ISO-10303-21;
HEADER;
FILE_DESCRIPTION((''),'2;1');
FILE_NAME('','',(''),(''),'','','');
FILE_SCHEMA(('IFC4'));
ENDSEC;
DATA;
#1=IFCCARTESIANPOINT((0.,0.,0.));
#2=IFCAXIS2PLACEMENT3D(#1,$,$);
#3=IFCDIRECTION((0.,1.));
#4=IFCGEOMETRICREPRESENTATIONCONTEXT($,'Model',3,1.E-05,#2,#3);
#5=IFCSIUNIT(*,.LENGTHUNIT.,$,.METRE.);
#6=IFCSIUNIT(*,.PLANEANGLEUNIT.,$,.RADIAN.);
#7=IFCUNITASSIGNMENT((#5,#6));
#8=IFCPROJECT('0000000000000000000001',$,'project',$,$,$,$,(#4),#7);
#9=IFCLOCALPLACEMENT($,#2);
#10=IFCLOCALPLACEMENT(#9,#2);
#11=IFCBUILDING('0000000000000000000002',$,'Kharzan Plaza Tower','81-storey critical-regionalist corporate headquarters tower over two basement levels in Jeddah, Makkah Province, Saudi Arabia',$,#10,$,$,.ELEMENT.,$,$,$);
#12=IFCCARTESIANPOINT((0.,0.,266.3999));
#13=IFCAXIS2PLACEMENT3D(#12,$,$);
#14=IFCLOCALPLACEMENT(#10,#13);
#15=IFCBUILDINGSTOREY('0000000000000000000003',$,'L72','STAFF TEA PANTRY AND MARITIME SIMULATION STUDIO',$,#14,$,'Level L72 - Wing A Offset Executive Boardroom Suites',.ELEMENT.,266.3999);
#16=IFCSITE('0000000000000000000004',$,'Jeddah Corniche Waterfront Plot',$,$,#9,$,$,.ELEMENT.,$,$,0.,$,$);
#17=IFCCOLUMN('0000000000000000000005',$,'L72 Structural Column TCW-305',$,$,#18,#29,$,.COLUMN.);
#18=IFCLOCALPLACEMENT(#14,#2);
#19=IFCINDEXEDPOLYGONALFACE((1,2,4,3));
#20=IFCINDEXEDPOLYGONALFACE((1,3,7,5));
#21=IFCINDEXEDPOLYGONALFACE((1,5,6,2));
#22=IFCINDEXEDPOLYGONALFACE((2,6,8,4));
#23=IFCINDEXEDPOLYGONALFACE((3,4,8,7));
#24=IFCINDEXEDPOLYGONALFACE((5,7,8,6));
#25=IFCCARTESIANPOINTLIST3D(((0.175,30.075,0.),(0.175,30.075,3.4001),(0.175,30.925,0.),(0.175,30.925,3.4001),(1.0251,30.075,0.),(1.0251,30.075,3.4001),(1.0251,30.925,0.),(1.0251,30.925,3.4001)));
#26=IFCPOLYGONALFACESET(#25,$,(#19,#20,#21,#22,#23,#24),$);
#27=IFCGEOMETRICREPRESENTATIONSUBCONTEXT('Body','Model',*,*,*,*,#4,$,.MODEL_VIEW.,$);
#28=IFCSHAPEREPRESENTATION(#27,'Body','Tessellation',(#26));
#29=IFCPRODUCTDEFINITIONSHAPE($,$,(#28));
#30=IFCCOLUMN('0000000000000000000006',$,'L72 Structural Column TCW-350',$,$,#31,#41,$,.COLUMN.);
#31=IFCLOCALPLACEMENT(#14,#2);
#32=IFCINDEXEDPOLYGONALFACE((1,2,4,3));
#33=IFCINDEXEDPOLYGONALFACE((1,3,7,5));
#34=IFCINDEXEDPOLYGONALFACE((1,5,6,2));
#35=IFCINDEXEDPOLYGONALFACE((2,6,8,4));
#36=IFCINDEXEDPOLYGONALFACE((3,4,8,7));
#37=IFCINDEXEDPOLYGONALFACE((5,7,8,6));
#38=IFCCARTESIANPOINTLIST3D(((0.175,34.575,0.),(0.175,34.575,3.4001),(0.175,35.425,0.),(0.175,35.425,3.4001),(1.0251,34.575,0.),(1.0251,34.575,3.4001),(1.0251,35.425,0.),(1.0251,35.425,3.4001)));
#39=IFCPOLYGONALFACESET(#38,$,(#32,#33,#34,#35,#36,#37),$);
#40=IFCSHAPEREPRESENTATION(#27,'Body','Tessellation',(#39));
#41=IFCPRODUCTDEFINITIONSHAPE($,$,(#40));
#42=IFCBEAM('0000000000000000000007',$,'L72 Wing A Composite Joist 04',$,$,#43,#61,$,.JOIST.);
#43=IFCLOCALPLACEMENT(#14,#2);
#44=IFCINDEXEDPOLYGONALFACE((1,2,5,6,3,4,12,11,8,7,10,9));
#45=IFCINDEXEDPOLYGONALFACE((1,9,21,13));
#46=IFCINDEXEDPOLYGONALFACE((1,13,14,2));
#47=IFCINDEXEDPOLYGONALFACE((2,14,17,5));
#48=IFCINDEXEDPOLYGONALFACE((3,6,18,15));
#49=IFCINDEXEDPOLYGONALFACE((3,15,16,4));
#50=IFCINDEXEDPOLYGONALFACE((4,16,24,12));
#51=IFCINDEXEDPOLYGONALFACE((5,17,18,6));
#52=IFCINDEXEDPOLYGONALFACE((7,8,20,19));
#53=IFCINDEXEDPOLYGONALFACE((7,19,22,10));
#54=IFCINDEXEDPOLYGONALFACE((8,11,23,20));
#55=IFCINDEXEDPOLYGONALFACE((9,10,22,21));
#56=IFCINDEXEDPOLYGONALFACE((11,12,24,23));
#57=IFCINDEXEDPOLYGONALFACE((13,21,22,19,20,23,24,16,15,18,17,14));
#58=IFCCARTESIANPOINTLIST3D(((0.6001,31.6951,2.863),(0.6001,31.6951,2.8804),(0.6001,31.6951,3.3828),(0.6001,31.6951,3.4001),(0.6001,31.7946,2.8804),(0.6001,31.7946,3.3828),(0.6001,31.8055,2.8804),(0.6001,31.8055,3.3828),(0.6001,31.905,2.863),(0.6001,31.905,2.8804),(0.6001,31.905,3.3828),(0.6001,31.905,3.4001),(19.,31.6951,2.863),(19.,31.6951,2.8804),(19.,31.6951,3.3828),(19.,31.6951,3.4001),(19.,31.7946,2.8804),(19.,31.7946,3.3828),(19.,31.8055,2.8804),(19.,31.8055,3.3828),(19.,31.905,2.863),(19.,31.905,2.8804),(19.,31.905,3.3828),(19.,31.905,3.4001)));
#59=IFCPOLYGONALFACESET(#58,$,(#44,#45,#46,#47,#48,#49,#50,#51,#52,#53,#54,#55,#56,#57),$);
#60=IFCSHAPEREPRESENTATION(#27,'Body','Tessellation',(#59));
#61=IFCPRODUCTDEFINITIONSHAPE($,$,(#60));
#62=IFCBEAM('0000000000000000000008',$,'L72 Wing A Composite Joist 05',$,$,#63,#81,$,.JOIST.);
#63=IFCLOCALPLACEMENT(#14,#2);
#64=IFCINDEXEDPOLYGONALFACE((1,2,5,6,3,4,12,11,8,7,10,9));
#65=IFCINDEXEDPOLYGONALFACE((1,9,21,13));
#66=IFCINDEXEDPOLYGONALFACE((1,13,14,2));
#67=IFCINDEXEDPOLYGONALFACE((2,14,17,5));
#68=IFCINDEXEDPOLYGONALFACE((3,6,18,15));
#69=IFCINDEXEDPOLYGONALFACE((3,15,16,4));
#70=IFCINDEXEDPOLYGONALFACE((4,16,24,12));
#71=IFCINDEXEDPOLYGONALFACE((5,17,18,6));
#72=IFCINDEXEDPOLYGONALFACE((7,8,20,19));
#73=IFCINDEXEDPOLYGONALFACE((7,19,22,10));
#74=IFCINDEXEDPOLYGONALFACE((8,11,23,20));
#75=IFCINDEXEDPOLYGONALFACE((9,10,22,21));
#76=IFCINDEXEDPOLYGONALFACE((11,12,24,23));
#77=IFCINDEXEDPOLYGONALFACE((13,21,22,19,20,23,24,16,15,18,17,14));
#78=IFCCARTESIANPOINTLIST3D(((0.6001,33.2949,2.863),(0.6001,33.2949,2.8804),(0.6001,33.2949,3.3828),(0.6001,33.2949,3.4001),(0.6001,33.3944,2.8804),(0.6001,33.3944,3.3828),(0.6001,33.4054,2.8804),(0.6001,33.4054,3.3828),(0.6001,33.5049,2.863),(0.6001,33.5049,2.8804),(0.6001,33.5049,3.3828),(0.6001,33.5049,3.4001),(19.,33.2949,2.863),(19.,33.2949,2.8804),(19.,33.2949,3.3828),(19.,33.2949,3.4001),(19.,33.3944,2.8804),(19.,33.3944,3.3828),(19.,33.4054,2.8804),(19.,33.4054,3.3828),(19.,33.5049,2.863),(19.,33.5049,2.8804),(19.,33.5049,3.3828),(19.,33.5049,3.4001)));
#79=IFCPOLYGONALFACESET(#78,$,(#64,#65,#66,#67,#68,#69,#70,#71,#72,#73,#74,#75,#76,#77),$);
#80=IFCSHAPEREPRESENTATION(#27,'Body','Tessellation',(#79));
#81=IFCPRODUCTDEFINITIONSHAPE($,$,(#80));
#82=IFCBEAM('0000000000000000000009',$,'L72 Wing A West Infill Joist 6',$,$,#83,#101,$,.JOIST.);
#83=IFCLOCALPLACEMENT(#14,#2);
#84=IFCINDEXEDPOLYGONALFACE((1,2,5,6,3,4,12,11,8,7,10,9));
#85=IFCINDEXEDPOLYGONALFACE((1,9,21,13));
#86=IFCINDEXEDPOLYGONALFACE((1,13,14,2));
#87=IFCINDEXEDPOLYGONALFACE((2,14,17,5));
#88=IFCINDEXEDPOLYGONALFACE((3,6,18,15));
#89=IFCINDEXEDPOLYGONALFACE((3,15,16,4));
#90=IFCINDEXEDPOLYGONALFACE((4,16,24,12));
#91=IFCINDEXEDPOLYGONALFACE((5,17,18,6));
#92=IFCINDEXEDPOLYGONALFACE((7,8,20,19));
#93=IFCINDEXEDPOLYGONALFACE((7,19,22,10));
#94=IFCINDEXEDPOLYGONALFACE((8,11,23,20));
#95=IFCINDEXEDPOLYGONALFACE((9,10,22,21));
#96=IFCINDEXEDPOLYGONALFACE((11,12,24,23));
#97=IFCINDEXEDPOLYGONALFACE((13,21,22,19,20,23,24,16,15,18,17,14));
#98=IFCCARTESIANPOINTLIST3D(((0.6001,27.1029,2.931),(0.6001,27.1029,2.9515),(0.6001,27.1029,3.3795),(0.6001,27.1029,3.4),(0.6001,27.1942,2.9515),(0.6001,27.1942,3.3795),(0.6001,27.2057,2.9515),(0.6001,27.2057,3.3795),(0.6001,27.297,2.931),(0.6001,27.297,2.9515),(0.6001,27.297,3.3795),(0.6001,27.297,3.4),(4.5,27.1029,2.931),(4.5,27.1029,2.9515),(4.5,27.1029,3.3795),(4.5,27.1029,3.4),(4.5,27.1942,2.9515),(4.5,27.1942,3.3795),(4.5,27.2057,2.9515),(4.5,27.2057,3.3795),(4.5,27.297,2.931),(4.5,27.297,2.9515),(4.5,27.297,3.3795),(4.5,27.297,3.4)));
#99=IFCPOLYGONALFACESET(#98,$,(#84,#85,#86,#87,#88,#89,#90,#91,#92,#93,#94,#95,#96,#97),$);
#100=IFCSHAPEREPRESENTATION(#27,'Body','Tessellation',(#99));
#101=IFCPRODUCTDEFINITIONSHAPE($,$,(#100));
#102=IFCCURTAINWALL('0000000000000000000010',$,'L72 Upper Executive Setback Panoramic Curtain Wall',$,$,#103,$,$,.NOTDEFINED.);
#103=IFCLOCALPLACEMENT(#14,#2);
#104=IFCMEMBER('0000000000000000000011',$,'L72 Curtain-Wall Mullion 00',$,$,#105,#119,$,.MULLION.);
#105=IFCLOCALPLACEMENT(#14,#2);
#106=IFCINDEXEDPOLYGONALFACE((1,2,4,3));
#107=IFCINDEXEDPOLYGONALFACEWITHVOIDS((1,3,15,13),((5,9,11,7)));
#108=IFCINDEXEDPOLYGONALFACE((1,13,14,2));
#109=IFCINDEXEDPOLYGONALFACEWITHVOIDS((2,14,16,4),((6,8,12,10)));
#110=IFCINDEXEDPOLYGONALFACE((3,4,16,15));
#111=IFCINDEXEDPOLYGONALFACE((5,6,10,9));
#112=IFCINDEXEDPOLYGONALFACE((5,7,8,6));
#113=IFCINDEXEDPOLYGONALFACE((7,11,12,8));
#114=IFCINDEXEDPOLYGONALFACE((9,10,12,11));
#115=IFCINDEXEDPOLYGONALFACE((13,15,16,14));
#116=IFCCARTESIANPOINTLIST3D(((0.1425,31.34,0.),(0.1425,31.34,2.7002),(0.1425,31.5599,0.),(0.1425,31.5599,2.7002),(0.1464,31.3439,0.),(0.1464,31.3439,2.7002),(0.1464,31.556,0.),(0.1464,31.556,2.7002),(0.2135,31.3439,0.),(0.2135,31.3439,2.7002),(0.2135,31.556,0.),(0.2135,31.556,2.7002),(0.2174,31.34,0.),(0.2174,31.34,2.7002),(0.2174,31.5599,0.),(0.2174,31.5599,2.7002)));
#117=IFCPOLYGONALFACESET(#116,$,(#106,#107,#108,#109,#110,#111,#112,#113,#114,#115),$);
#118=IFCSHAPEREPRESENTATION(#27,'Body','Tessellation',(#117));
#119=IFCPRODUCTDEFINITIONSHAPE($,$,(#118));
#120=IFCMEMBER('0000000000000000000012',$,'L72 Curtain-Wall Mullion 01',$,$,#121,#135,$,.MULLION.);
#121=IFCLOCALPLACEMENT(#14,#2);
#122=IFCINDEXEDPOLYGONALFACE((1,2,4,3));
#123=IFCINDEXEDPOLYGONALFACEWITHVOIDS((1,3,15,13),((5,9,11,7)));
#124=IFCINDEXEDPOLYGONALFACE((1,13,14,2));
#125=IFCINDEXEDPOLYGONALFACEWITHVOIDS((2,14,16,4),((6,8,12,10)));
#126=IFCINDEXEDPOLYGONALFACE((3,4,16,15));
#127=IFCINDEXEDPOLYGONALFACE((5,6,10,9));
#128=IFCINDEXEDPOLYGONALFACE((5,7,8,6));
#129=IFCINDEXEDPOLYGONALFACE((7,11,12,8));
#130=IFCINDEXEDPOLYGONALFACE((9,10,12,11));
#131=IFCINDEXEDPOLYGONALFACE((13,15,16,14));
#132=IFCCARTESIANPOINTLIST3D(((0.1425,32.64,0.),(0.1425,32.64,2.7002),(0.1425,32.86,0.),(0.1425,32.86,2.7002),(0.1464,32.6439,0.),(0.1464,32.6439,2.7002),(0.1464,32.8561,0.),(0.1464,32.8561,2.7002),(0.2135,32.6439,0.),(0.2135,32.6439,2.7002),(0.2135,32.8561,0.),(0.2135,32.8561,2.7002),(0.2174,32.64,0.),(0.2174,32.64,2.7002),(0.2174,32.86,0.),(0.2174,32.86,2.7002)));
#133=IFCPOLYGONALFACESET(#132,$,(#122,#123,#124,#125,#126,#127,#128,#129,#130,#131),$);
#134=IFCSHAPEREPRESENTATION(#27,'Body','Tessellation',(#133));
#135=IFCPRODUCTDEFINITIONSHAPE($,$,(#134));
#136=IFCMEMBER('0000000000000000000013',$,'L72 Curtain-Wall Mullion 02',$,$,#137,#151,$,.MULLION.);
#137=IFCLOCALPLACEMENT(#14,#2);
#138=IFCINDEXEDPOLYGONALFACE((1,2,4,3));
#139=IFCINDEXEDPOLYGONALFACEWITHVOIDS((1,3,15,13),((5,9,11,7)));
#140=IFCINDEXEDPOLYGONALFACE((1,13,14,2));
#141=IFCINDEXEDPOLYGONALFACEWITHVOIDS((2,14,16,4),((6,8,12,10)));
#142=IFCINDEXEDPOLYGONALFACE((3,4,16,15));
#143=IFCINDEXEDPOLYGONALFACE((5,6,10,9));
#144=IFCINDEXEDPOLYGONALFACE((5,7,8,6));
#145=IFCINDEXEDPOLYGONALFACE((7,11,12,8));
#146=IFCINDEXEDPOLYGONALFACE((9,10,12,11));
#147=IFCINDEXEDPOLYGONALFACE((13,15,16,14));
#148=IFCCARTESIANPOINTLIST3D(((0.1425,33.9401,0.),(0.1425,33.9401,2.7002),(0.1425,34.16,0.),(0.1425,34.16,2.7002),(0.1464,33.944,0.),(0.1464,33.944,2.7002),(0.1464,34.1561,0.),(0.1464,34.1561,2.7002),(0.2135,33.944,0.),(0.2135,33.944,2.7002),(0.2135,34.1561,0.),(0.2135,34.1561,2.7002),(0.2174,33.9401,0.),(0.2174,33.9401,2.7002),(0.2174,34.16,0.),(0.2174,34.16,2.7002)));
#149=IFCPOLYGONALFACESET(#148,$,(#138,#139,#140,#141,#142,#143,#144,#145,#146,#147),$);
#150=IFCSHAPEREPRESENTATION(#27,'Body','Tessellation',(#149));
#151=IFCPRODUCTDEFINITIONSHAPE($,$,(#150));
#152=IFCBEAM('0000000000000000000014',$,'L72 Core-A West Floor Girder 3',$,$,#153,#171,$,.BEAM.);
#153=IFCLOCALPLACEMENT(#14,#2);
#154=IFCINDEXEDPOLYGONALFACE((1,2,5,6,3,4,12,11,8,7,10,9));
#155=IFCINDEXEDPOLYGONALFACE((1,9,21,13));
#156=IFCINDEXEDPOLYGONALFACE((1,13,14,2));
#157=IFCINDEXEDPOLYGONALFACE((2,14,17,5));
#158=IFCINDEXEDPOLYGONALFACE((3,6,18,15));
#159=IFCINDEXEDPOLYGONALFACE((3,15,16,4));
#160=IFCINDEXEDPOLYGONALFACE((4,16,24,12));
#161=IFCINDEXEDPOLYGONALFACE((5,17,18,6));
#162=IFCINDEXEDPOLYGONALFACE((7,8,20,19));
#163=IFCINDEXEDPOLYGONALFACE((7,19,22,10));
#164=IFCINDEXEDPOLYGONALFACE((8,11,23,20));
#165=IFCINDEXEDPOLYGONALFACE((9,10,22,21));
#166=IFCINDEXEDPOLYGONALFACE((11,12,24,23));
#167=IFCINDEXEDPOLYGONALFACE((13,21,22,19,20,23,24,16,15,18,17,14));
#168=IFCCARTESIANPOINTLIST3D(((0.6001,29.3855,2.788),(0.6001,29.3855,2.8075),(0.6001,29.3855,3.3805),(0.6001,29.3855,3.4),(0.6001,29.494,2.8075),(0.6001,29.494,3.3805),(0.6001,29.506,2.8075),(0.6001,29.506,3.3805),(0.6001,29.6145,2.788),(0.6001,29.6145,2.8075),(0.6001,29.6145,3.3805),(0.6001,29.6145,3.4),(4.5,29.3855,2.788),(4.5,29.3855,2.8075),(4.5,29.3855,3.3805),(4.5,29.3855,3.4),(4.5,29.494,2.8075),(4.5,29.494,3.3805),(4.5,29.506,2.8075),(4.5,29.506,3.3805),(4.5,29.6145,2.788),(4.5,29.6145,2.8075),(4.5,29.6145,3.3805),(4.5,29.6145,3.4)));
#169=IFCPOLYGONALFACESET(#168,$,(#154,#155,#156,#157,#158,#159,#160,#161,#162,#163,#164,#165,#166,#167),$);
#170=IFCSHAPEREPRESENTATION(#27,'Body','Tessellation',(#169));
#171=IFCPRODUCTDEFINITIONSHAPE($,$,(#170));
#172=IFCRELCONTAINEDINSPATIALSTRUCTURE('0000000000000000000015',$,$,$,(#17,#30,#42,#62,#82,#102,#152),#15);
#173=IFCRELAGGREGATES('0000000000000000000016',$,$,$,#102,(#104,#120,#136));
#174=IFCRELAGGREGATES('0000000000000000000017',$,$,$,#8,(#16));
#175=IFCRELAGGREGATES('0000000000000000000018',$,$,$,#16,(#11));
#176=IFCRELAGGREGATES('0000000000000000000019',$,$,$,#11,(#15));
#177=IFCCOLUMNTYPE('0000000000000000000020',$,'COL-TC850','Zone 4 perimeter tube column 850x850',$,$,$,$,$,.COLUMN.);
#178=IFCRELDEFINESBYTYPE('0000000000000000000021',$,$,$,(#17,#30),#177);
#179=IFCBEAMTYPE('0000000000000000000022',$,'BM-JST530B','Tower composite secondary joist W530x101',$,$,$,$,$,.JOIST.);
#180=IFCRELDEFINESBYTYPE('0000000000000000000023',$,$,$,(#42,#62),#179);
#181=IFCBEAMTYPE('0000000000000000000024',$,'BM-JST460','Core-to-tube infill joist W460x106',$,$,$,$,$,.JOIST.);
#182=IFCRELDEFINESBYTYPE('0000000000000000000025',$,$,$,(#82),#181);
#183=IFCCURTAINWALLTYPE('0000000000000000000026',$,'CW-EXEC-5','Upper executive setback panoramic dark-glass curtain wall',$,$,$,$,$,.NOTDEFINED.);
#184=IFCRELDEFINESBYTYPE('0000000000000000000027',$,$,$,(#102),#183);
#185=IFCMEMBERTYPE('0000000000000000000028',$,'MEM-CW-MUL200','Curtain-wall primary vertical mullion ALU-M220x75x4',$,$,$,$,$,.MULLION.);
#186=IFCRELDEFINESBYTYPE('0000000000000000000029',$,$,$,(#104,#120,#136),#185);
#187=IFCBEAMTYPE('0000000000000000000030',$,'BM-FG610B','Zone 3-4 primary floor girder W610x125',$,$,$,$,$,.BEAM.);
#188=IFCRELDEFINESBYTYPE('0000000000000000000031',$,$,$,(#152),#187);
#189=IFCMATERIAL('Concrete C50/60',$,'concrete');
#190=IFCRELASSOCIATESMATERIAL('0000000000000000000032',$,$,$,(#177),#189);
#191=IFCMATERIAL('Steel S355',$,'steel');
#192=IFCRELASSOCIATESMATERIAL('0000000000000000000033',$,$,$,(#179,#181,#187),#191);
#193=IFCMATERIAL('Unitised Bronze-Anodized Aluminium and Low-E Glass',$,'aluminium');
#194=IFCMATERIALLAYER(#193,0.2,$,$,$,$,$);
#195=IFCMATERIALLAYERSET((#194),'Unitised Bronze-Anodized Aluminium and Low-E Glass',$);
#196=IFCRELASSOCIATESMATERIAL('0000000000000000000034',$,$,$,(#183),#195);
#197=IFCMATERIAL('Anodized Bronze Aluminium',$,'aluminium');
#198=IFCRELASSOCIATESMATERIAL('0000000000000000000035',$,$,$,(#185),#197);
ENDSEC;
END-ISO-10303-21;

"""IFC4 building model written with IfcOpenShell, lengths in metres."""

from ifc_helpers import new_model, si_unit, direction, frame, origin, origin_2d, place, context, subcontext, project, spatial, rectangle, hollow_rectangle, i_section, extrude, source, transform, mapped, material, layer, layer_set, material_profile, profile_set, type_object, element, aggregate, save


model = new_model("IFC4")

# Units and contexts
model_context = context("Model", 3, precision=1e-05, world=origin(), true_north=direction((0.0, 1.0)))
body_context = subcontext(model_context, "Body", "Model", "MODEL_VIEW")
ifc_project = project(units=[si_unit("LENGTHUNIT", "METRE"), si_unit("PLANEANGLEUNIT", "RADIAN")], contexts=[model_context])

# Site, building, storey
site_placement = place(None, origin())
site = spatial("IfcSite", under=ifc_project, at=site_placement, Name="Jeddah Corniche Waterfront Plot", CompositionType="ELEMENT", RefElevation=0.0)
building_placement = place(site_placement, origin())
building = spatial("IfcBuilding", under=site, at=building_placement, Name="Kharzan Plaza Tower", Description="81-storey critical-regionalist corporate headquarters tower over two basement levels in Jeddah, Makkah Province, Saudi Arabia", CompositionType="ELEMENT")
storey_placement = place(building_placement, frame((0.0, 0.0, 266.3999)))
storey = spatial("IfcBuildingStorey", under=building, at=storey_placement, Name="L72", Description="STAFF TEA PANTRY AND MARITIME SIMULATION STUDIO", LongName="Level L72 - Wing A Offset Executive Boardroom Suites", CompositionType="ELEMENT", Elevation=266.3999)

# Columns
ifc_material_1 = material(Name="Concrete C50/60", Category="concrete")
ifc_material_profile_1 = material_profile(ifc_material_1, rectangle(XDim=0.8501, YDim=0.8501, at=origin_2d()), Name="RC-TC850x850")
ifc_profile_set_1 = profile_set([ifc_material_profile_1], Name="Concrete C50/60")
column_type = type_object("IfcColumnType", Name="COL-TC850", Description="Zone 4 perimeter tube column 850x850", PredefinedType="COLUMN", material=ifc_profile_set_1)
shared_shape_1 = source(origin(), body_context, "Body", "SweptSolid", [
    extrude(rectangle(XDim=0.8501, YDim=0.8501, at=origin_2d()), origin(), (0.0, 0.0, 1.0), 3.4001),
])
for number, where, z_axis, x_axis, name in (
    (1, (0.6001, 30.5, 0.0), (0.0, 0.0, 1.0), (1.0, 0.0, 0.0), "L72 Structural Column TCW-305"),
    (2, (0.6001, 35.0, 0.0), (0.0, 0.0, 1.0), (1.0, 0.0, 0.0), "L72 Structural Column TCW-350"),
):
    element("IfcColumn", number, at=place(storey_placement, frame(where, z_axis=z_axis, x_axis=x_axis)), inside=storey, type_object=column_type, Name=name, PredefinedType="COLUMN", context=body_context, shape_type="MappedRepresentation", body=[
        mapped(shared_shape_1, transform((0.0, 0.0, 0.0), x_axis=(1.0, 0.0, 0.0), y_axis=(0.0, 1.0, 0.0), z_axis=(0.0, 0.0, 1.0))),
    ])

# Beams
ifc_material_2 = material(Name="Steel S355", Category="steel")
ifc_material_profile_2 = material_profile(ifc_material_2, i_section(OverallWidth=0.21, OverallDepth=0.5371, WebThickness=0.011, FlangeThickness=0.0173, at=origin_2d()), Name="W530x101")
ifc_profile_set_2 = profile_set([ifc_material_profile_2], Name="Steel S355")
beam_type_1 = type_object("IfcBeamType", Name="BM-JST530B", Description="Tower composite secondary joist W530x101", PredefinedType="JOIST", material=ifc_profile_set_2)
shared_shape_2 = source(origin(), body_context, "Body", "SweptSolid", [
    extrude(i_section(OverallWidth=0.21, OverallDepth=0.5371, WebThickness=0.011, FlangeThickness=0.0173, at=origin_2d()), origin(), (0.0, 0.0, 1.0), 18.3999),
])
for number, where, z_axis, x_axis, name in (
    (3, (0.6001, 31.8, 3.1316), (1.0, 0.0, 0.0), (0.0, 1.0, 0.0), "L72 Wing A Composite Joist 04"),
    (4, (0.6001, 33.3999, 3.1316), (1.0, 0.0, 0.0), (0.0, 1.0, 0.0), "L72 Wing A Composite Joist 05"),
):
    element("IfcBeam", number, at=place(storey_placement, frame(where, z_axis=z_axis, x_axis=x_axis)), inside=storey, type_object=beam_type_1, Name=name, PredefinedType="JOIST", context=body_context, shape_type="MappedRepresentation", body=[
        mapped(shared_shape_2, transform((0.0, 0.0, 0.0), x_axis=(1.0, 0.0, 0.0), y_axis=(0.0, 1.0, 0.0), z_axis=(0.0, 0.0, 1.0))),
    ])
ifc_material_profile_3 = material_profile(ifc_material_2, i_section(OverallWidth=0.1941, OverallDepth=0.469, WebThickness=0.0115, FlangeThickness=0.0205, at=origin_2d()), Name="W460x106")
ifc_profile_set_3 = profile_set([ifc_material_profile_3], Name="Steel S355")
beam_type_2 = type_object("IfcBeamType", Name="BM-JST460", Description="Core-to-tube infill joist W460x106", PredefinedType="JOIST", material=ifc_profile_set_3)
shared_shape_3 = source(origin(), body_context, "Body", "SweptSolid", [
    extrude(i_section(OverallWidth=0.1941, OverallDepth=0.469, WebThickness=0.0115, FlangeThickness=0.0205, at=origin_2d()), origin(), (0.0, 0.0, 1.0), 3.8999),
])
beam_1_placement = place(storey_placement, frame((0.6001, 27.2, 3.1655), z_axis=(1.0, 0.0, 0.0), x_axis=(0.0, 1.0, 0.0)))
element("IfcBeam", 5, at=beam_1_placement, inside=storey, type_object=beam_type_2, Name="L72 Wing A West Infill Joist 6", PredefinedType="JOIST", context=body_context, shape_type="MappedRepresentation", body=[
    mapped(shared_shape_3, transform((0.0, 0.0, 0.0), x_axis=(1.0, 0.0, 0.0), y_axis=(0.0, 1.0, 0.0), z_axis=(0.0, 0.0, 1.0))),
])

# Curtain wall, members
ifc_material_3 = material(Name="Unitised Bronze-Anodized Aluminium and Low-E Glass", Category="aluminium")
ifc_layer_1 = layer(ifc_material_3, 0.2)
ifc_layer_set_1 = layer_set([ifc_layer_1], Name="Unitised Bronze-Anodized Aluminium and Low-E Glass")
curtain_wall_type = type_object("IfcCurtainWallType", Name="CW-EXEC-5", Description="Upper executive setback panoramic dark-glass curtain wall", PredefinedType="NOTDEFINED", material=ifc_layer_set_1)
curtain_wall_placement = place(storey_placement, origin())
curtain_wall = element("IfcCurtainWall", 6, at=curtain_wall_placement, inside=storey, type_object=curtain_wall_type, Name="L72 Upper Executive Setback Panoramic Curtain Wall", PredefinedType="NOTDEFINED")
ifc_material_4 = material(Name="Anodized Bronze Aluminium", Category="aluminium")
ifc_material_profile_4 = material_profile(ifc_material_4, hollow_rectangle(XDim=0.075, YDim=0.22, WallThickness=0.0039, at=origin_2d()), Name="ALU-M220x75x4")
ifc_profile_set_4 = profile_set([ifc_material_profile_4], Name="Anodized Bronze Aluminium")
member_type_1 = type_object("IfcMemberType", Name="MEM-CW-MUL200", Description="Curtain-wall primary vertical mullion ALU-M220x75x4", PredefinedType="MULLION", material=ifc_profile_set_4)
shared_shape_4 = source(origin(), body_context, "Body", "SweptSolid", [
    extrude(hollow_rectangle(XDim=0.075, YDim=0.22, WallThickness=0.0039, at=origin_2d()), origin(), (0.0, 0.0, 1.0), 2.7002),
])
member_1_placement = place(storey_placement, frame((0.1799, 31.45, 0.0), z_axis=(0.0, 0.0, 1.0), x_axis=(1.0, 0.0, 0.0)))
member_1 = element("IfcMember", 7, at=member_1_placement, type_object=member_type_1, Name="L72 Curtain-Wall Mullion 00", PredefinedType="MULLION", context=body_context, shape_type="MappedRepresentation", body=[
    mapped(shared_shape_4, transform((0.0, 0.0, 0.0), x_axis=(1.0, 0.0, 0.0), y_axis=(0.0, 1.0, 0.0), z_axis=(0.0, 0.0, 1.0))),
])
member_2_placement = place(storey_placement, frame((0.1799, 32.75, 0.0), z_axis=(0.0, 0.0, 1.0), x_axis=(1.0, 0.0, 0.0)))
member_2 = element("IfcMember", 8, at=member_2_placement, type_object=member_type_1, Name="L72 Curtain-Wall Mullion 01", PredefinedType="MULLION", context=body_context, shape_type="MappedRepresentation", body=[
    mapped(shared_shape_4, transform((0.0, 0.0, 0.0), x_axis=(1.0, 0.0, 0.0), y_axis=(0.0, 1.0, 0.0), z_axis=(0.0, 0.0, 1.0))),
])
member_3_placement = place(storey_placement, frame((0.1799, 34.05, 0.0), z_axis=(0.0, 0.0, 1.0), x_axis=(1.0, 0.0, 0.0)))
member_3 = element("IfcMember", 9, at=member_3_placement, type_object=member_type_1, Name="L72 Curtain-Wall Mullion 02", PredefinedType="MULLION", context=body_context, shape_type="MappedRepresentation", body=[
    mapped(shared_shape_4, transform((0.0, 0.0, 0.0), x_axis=(1.0, 0.0, 0.0), y_axis=(0.0, 1.0, 0.0), z_axis=(0.0, 0.0, 1.0))),
])

# Beam
ifc_material_profile_5 = material_profile(ifc_material_2, i_section(OverallWidth=0.229, OverallDepth=0.6121, WebThickness=0.012, FlangeThickness=0.0195, at=origin_2d()), Name="W610x125")
ifc_profile_set_5 = profile_set([ifc_material_profile_5], Name="Steel S355")
beam_type_3 = type_object("IfcBeamType", Name="BM-FG610B", Description="Zone 3-4 primary floor girder W610x125", PredefinedType="BEAM", material=ifc_profile_set_5)
shared_shape_5 = source(origin(), body_context, "Body", "SweptSolid", [
    extrude(i_section(OverallWidth=0.229, OverallDepth=0.6121, WebThickness=0.012, FlangeThickness=0.0195, at=origin_2d()), origin(), (0.0, 0.0, 1.0), 3.8999),
])
beam_2_placement = place(storey_placement, frame((0.6001, 29.5, 3.094), z_axis=(1.0, 0.0, 0.0), x_axis=(0.0, 1.0, 0.0)))
element("IfcBeam", 10, at=beam_2_placement, inside=storey, type_object=beam_type_3, Name="L72 Core-A West Floor Girder 3", PredefinedType="BEAM", context=body_context, shape_type="MappedRepresentation", body=[
    mapped(shared_shape_5, transform((0.0, 0.0, 0.0), x_axis=(1.0, 0.0, 0.0), y_axis=(0.0, 1.0, 0.0), z_axis=(0.0, 0.0, 1.0))),
])

aggregate(curtain_wall, [member_1, member_2, member_3])

save(model, "model.ifc")
